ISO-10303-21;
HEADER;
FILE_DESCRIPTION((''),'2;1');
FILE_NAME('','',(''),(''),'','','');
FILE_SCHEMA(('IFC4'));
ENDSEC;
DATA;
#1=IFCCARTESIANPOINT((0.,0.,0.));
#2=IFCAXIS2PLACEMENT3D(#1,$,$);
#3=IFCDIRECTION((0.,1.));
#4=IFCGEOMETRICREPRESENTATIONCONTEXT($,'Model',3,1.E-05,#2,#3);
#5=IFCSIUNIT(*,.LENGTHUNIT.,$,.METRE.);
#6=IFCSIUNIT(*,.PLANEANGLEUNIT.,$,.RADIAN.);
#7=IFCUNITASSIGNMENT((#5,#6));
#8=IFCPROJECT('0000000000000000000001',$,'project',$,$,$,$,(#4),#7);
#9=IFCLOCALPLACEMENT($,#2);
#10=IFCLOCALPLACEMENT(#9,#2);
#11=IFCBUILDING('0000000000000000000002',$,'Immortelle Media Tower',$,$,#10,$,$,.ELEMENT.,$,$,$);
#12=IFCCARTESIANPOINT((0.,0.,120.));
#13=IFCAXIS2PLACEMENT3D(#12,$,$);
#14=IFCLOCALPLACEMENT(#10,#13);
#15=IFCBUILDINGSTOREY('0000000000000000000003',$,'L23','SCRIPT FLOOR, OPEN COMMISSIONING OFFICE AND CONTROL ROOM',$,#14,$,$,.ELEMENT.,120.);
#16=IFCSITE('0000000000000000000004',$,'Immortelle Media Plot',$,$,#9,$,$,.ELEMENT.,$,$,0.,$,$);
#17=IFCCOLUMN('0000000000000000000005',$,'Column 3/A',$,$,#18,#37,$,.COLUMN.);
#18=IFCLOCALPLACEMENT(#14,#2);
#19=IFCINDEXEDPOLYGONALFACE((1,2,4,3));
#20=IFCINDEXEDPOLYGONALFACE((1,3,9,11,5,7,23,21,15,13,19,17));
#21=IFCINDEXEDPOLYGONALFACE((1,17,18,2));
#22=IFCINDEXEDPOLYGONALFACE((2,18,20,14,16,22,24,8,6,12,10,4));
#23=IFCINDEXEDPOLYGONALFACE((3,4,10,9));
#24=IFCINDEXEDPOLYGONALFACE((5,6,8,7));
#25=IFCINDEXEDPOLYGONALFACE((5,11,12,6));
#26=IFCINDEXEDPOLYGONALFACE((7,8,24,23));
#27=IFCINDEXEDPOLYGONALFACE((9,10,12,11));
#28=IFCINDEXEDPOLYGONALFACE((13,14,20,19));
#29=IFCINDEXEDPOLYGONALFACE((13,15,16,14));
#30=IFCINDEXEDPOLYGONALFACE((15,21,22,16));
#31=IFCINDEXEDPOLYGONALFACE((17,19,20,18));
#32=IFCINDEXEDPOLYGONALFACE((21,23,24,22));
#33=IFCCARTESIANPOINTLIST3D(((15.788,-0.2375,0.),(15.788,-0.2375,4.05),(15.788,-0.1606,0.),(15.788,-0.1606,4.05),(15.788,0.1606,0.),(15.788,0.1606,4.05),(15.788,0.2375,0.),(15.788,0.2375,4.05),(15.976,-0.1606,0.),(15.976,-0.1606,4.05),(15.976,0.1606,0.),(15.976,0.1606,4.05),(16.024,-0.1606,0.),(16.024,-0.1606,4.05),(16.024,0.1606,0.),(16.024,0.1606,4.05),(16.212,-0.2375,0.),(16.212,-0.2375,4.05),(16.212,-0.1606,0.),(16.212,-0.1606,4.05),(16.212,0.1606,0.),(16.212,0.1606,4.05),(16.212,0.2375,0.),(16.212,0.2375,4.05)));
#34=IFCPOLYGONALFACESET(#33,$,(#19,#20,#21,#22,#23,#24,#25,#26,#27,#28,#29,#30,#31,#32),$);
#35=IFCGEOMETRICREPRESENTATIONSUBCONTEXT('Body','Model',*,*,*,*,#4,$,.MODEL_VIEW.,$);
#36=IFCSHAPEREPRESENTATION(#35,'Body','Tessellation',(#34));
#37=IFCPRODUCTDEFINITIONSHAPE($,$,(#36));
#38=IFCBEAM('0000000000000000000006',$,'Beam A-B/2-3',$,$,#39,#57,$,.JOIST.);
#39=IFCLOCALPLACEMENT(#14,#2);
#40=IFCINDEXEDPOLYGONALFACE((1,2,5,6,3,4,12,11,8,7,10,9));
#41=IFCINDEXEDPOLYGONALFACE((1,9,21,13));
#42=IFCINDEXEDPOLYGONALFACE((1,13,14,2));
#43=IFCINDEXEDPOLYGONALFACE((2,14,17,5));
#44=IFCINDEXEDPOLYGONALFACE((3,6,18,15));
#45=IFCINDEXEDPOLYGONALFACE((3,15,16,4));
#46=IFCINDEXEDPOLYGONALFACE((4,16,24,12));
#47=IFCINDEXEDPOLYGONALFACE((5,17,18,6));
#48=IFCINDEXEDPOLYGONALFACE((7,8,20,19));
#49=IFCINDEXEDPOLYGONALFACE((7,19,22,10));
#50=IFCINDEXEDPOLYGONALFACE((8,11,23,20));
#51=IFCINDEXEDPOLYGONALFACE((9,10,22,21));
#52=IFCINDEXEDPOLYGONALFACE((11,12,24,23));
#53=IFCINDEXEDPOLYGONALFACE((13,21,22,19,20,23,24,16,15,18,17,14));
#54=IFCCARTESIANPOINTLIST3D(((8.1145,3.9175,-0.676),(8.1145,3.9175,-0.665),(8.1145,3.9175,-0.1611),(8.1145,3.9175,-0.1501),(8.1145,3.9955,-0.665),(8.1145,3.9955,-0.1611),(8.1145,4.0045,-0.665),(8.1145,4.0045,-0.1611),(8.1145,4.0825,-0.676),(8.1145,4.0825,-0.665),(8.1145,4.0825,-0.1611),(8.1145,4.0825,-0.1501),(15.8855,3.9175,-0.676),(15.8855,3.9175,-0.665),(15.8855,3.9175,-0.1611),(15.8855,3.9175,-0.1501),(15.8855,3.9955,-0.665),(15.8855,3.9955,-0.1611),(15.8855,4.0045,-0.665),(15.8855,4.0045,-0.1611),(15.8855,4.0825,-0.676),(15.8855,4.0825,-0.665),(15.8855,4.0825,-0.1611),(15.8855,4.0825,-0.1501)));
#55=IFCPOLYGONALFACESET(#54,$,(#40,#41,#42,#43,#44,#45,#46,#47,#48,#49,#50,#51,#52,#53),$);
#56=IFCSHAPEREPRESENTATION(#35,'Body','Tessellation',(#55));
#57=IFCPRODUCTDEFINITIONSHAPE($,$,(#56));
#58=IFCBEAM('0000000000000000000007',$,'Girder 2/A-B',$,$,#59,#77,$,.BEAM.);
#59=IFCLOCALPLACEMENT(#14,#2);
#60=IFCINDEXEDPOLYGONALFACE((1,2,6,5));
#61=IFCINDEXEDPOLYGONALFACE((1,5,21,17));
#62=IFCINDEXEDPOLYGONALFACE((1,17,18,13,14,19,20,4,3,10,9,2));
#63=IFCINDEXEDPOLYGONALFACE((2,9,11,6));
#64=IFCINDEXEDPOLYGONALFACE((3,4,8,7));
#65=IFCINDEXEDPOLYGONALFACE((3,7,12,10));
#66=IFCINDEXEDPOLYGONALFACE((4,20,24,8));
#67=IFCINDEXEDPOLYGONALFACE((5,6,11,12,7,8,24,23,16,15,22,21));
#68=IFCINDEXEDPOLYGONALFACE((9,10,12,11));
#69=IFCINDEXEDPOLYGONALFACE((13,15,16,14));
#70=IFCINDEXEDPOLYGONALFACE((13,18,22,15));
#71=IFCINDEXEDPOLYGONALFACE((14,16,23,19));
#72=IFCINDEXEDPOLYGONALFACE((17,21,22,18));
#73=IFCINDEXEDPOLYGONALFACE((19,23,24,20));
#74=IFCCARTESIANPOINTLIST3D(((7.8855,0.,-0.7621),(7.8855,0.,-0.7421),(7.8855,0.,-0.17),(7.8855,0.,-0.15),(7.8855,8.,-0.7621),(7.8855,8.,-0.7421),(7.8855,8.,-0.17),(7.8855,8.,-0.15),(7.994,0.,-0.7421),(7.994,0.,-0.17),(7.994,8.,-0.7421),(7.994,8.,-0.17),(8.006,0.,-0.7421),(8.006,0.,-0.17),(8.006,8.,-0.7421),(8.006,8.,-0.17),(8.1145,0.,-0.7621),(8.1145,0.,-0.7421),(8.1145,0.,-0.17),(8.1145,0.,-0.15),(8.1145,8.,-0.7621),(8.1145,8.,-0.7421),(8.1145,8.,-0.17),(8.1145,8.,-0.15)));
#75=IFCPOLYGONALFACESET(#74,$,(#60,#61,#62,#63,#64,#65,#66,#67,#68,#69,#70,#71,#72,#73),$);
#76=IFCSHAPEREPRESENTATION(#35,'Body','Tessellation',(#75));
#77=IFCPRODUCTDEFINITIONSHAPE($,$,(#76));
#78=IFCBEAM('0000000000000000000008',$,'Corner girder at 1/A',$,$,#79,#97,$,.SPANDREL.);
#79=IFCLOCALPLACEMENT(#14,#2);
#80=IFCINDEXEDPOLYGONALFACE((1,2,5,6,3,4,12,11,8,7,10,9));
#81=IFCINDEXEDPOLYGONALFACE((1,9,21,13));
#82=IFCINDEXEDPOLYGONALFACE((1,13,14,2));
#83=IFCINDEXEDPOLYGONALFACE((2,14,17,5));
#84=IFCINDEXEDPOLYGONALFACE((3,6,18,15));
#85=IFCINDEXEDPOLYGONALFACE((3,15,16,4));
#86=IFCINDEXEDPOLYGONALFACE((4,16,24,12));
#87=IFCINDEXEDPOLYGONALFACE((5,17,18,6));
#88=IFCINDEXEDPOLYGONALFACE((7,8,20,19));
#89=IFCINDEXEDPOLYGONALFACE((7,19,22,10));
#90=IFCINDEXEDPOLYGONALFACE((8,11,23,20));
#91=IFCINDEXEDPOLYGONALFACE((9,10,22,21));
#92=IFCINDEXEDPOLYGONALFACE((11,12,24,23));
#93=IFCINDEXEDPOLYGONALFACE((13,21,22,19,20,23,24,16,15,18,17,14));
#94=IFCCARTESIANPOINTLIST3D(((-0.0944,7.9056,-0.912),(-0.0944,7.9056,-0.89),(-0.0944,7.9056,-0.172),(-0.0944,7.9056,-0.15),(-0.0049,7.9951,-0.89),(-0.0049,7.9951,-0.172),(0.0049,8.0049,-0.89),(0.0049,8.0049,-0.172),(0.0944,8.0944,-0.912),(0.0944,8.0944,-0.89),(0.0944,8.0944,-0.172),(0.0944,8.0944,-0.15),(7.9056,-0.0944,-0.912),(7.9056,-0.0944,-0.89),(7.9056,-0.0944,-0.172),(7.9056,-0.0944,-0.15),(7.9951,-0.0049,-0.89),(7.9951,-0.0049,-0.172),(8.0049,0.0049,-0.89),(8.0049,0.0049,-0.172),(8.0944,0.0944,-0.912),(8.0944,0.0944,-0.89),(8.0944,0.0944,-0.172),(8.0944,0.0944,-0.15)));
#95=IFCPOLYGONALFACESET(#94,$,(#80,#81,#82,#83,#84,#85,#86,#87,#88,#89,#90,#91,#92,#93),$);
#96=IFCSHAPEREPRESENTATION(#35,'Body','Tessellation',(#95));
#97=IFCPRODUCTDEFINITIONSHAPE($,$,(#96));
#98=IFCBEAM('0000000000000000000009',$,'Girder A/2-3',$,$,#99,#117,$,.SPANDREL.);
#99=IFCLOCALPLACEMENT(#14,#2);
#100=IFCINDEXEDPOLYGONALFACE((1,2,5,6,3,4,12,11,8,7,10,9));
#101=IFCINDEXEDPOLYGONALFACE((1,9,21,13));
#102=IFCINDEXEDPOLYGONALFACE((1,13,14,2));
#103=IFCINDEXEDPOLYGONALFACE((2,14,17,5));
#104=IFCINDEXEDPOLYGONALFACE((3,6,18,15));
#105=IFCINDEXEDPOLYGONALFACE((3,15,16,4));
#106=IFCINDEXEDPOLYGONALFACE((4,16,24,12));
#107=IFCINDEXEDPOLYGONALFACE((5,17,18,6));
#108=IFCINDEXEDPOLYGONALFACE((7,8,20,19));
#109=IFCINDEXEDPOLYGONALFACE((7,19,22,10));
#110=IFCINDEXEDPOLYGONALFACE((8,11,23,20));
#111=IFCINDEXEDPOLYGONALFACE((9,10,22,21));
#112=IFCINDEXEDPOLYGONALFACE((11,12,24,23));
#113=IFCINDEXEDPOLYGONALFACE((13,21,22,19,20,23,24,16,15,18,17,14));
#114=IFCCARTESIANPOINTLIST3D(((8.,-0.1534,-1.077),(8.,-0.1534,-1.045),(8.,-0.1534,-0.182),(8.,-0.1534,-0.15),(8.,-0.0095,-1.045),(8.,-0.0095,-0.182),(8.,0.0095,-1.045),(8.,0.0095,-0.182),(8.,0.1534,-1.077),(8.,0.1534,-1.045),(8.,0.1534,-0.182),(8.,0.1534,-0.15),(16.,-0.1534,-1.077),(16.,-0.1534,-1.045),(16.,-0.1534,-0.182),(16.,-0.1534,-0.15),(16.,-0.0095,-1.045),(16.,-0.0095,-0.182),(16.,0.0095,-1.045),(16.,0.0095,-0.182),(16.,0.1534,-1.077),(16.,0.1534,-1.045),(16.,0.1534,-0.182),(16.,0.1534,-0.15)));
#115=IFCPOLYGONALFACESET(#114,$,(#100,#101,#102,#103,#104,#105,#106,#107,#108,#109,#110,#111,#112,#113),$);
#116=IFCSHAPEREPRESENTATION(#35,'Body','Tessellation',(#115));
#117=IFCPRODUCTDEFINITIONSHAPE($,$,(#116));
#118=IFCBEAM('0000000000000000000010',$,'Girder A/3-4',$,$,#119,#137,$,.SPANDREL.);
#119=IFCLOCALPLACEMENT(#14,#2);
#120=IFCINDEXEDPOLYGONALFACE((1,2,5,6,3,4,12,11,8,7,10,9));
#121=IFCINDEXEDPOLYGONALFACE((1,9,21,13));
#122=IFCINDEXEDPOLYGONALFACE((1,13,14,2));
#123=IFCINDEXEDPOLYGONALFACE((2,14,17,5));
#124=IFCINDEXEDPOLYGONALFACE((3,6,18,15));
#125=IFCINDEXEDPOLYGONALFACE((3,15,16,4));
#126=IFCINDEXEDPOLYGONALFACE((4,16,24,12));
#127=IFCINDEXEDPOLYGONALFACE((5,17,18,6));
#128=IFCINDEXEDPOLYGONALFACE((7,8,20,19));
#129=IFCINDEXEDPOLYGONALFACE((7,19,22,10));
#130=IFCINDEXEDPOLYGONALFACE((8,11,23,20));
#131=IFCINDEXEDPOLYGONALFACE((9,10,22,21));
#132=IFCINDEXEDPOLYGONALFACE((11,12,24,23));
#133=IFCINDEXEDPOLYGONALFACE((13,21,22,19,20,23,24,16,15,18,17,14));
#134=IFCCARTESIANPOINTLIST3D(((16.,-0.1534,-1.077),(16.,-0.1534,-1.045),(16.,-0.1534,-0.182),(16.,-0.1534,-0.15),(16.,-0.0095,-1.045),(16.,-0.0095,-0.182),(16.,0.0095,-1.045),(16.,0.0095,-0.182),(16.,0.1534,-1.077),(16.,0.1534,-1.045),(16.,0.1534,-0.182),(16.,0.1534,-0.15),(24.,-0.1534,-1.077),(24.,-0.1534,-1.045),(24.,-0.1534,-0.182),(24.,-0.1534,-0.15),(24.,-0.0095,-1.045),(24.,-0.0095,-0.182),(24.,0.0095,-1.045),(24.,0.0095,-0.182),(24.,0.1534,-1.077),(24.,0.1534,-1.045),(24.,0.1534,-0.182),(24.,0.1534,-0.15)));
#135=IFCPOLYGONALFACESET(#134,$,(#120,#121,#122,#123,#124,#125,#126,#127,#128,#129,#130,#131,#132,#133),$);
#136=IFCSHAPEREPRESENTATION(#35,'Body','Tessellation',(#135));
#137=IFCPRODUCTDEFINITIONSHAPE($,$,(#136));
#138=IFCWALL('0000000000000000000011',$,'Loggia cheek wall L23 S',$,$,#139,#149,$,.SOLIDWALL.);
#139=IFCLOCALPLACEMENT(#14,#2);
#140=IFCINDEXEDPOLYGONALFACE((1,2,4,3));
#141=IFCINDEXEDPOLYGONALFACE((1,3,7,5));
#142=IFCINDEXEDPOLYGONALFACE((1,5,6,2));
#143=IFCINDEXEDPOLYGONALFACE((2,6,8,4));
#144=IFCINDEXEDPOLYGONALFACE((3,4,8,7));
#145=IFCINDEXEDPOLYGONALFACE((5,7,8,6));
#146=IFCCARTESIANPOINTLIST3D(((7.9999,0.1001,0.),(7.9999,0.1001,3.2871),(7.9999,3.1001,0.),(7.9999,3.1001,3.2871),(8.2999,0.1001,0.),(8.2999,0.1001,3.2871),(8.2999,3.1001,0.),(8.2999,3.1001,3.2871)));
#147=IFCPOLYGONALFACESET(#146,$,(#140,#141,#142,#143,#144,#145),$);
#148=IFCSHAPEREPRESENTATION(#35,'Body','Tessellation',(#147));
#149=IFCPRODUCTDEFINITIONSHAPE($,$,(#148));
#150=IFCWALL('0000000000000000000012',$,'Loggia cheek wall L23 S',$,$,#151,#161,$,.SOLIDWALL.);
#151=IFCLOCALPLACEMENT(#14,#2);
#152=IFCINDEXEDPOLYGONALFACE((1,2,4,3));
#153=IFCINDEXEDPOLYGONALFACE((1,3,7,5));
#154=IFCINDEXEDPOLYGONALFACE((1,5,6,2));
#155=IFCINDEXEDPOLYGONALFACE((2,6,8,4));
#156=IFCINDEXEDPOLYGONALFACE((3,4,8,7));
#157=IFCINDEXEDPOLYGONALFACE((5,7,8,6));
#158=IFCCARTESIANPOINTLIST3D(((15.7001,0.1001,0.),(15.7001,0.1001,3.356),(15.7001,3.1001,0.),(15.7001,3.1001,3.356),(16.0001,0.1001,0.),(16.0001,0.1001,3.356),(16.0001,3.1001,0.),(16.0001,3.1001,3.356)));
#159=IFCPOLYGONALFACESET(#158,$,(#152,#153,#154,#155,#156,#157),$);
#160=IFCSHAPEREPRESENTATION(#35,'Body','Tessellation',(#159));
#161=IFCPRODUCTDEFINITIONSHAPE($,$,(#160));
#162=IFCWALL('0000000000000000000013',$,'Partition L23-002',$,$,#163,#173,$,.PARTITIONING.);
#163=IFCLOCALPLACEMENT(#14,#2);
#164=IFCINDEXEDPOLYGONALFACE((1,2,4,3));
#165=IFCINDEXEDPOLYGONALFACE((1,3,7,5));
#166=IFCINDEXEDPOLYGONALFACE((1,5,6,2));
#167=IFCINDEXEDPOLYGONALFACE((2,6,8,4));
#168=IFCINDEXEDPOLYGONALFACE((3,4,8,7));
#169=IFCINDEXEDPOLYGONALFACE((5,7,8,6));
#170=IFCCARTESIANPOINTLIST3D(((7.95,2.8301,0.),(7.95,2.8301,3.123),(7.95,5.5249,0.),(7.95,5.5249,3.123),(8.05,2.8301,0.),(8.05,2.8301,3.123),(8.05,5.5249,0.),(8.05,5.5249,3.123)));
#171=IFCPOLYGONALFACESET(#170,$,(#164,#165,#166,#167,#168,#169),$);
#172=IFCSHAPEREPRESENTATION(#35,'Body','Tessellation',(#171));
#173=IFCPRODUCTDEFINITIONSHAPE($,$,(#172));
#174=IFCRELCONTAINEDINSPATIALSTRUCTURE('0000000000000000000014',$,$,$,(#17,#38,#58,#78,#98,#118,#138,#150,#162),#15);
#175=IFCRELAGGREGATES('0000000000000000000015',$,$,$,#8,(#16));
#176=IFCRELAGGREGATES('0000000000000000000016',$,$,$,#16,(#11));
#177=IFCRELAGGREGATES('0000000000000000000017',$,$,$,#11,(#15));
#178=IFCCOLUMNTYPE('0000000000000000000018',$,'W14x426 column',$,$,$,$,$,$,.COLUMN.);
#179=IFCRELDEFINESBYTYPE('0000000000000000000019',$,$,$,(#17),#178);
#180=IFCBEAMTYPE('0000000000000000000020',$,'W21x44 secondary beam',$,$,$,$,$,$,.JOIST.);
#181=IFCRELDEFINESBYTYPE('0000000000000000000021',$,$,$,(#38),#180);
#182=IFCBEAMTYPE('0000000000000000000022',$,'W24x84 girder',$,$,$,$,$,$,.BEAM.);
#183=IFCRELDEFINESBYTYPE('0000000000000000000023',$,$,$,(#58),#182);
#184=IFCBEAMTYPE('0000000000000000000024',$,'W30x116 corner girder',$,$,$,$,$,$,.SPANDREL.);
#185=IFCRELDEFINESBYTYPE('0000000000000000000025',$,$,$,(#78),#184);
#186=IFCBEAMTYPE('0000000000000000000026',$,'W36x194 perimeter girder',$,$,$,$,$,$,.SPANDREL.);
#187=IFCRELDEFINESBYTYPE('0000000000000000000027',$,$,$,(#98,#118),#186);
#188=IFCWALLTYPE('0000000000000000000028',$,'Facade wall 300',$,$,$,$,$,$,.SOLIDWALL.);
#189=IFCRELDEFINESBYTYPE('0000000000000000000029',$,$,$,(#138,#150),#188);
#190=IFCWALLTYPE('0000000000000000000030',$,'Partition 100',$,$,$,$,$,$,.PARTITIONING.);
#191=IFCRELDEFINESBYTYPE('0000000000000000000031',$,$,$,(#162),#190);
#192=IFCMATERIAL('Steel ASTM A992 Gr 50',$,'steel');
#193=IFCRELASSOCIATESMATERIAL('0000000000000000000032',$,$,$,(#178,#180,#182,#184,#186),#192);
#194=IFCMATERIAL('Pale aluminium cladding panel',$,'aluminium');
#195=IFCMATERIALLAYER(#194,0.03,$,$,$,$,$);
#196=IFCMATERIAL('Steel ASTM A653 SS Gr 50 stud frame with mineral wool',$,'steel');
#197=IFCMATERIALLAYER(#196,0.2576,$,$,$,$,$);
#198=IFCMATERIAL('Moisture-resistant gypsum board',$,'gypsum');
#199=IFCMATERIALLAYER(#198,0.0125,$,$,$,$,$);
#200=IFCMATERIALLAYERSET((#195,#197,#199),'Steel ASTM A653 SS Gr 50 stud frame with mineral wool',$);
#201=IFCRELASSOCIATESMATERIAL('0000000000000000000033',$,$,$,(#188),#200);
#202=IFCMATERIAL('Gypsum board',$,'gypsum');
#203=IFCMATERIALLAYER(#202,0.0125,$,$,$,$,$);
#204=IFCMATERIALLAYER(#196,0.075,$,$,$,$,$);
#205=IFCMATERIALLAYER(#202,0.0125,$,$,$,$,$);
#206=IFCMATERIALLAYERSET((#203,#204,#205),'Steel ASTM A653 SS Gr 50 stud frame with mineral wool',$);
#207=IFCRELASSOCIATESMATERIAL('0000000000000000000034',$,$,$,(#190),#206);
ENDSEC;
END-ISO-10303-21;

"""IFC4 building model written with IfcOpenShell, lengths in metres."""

from ifc_helpers import new_model, si_unit, direction, frame, frame_2d, origin, origin_2d, place, context, subcontext, project, spatial, rectangle, i_section, extrude, material, layer, layer_set, material_profile, profile_set, type_object, element, save


model = new_model("IFC4")

# Units and contexts
model_context = context("Model", 3, precision=1e-05, world=origin(), true_north=direction((0.0, 1.0)))
body_context = subcontext(model_context, "Body", "Model", "MODEL_VIEW")
ifc_project = project(units=[si_unit("LENGTHUNIT", "METRE"), si_unit("PLANEANGLEUNIT", "RADIAN")], contexts=[model_context])

# Site, building, storey
site_placement = place(None, origin())
site = spatial("IfcSite", under=ifc_project, at=site_placement, Name="Immortelle Media Plot", CompositionType="ELEMENT", RefElevation=0.0)
building_placement = place(site_placement, origin())
building = spatial("IfcBuilding", under=site, at=building_placement, Name="Immortelle Media Tower", CompositionType="ELEMENT")
storey_placement = place(building_placement, frame((0.0, 0.0, 120.0)))
storey = spatial("IfcBuildingStorey", under=building, at=storey_placement, Name="L23", Description="SCRIPT FLOOR, OPEN COMMISSIONING OFFICE AND CONTROL ROOM", CompositionType="ELEMENT", Elevation=120.0)

# Column
ifc_material_1 = material(Name="Steel ASTM A992 Gr 50", Category="steel")
ifc_material_profile_1 = material_profile(ifc_material_1, i_section(OverallWidth=0.4241, OverallDepth=0.4751, WebThickness=0.0481, FlangeThickness=0.0769, at=origin_2d()), Name="W14x426")
ifc_profile_set_1 = profile_set([ifc_material_profile_1], Name="Steel ASTM A992 Gr 50")
column_type = type_object("IfcColumnType", Name="W14x426 column", PredefinedType="COLUMN", material=ifc_profile_set_1)
column_placement = place(storey_placement, frame((16.0, 0.0, 0.0), z_axis=(0.0, 0.0, 1.0), x_axis=(1.0, 0.0, 0.0)))
element("IfcColumn", 1, at=column_placement, inside=storey, type_object=column_type, Name="Column 3/A", PredefinedType="COLUMN", context=body_context, shape_type="SweptSolid", body=[
    extrude(i_section(OverallWidth=0.4241, OverallDepth=0.4751, WebThickness=0.0481, FlangeThickness=0.0769, at=origin_2d()), origin(), (0.0, 0.0, 1.0), 4.05),
])

# Beams
ifc_material_profile_2 = material_profile(ifc_material_1, i_section(OverallWidth=0.165, OverallDepth=0.5259, WebThickness=0.009, FlangeThickness=0.011, at=origin_2d()), Name="W21x44")
ifc_profile_set_2 = profile_set([ifc_material_profile_2], Name="Steel ASTM A992 Gr 50")
beam_type_1 = type_object("IfcBeamType", Name="W21x44 secondary beam", PredefinedType="JOIST", material=ifc_profile_set_2)
beam_1_placement = place(storey_placement, frame((8.1145, 4.0, -0.4131), z_axis=(1.0, 0.0, 0.0), x_axis=(0.0, 1.0, 0.0)))
element("IfcBeam", 2, at=beam_1_placement, inside=storey, type_object=beam_type_1, Name="Beam A-B/2-3", PredefinedType="JOIST", context=body_context, shape_type="SweptSolid", body=[
    extrude(i_section(OverallWidth=0.165, OverallDepth=0.5259, WebThickness=0.009, FlangeThickness=0.011, at=origin_2d()), origin(), (0.0, 0.0, 1.0), 7.771),
])
ifc_material_profile_3 = material_profile(ifc_material_1, i_section(OverallWidth=0.229, OverallDepth=0.6121, WebThickness=0.012, FlangeThickness=0.02, at=origin_2d()), Name="W24x84")
ifc_profile_set_3 = profile_set([ifc_material_profile_3], Name="Steel ASTM A992 Gr 50")
beam_type_2 = type_object("IfcBeamType", Name="W24x84 girder", PredefinedType="BEAM", material=ifc_profile_set_3)
beam_2_placement = place(storey_placement, frame((8.0, 0.0, -0.4561), z_axis=(0.0, 1.0, 0.0), x_axis=(-1.0, 0.0, 0.0)))
element("IfcBeam", 3, at=beam_2_placement, inside=storey, type_object=beam_type_2, Name="Girder 2/A-B", PredefinedType="BEAM", context=body_context, shape_type="SweptSolid", body=[
    extrude(i_section(OverallWidth=0.229, OverallDepth=0.6121, WebThickness=0.012, FlangeThickness=0.02, at=origin_2d()), origin(), (0.0, 0.0, 1.0), 8.0),
])
ifc_material_profile_4 = material_profile(ifc_material_1, i_section(OverallWidth=0.2671, OverallDepth=0.762, WebThickness=0.0139, FlangeThickness=0.022, at=origin_2d()), Name="W30x116")
ifc_profile_set_4 = profile_set([ifc_material_profile_4], Name="Steel ASTM A992 Gr 50")
beam_type_3 = type_object("IfcBeamType", Name="W30x116 corner girder", PredefinedType="SPANDREL", material=ifc_profile_set_4)
beam_3_placement = place(storey_placement, frame((8.0, 0.0, -0.531), z_axis=(-0.707107, 0.707107, 0.0), x_axis=(-0.707107, -0.707107, 0.0)))
element("IfcBeam", 4, at=beam_3_placement, inside=storey, type_object=beam_type_3, Name="Corner girder at 1/A", PredefinedType="SPANDREL", context=body_context, shape_type="SweptSolid", body=[
    extrude(i_section(OverallWidth=0.2671, OverallDepth=0.762, WebThickness=0.0139, FlangeThickness=0.022, at=origin_2d()), origin(), (0.0, 0.0, 1.0), 11.3137),
])
ifc_material_profile_5 = material_profile(ifc_material_1, i_section(OverallWidth=0.3069, OverallDepth=0.927, WebThickness=0.019, FlangeThickness=0.032, at=origin_2d()), Name="W36x194")
ifc_profile_set_5 = profile_set([ifc_material_profile_5], Name="Steel ASTM A992 Gr 50")
beam_type_4 = type_object("IfcBeamType", Name="W36x194 perimeter girder", PredefinedType="SPANDREL", material=ifc_profile_set_5)
for number, where, z_axis, x_axis, name in (
    (5, (8.0, 0.0, -0.6135), (1.0, 0.0, 0.0), (0.0, 1.0, 0.0), "Girder A/2-3"),
    (6, (16.0, 0.0, -0.6135), (1.0, 0.0, 0.0), (0.0, 1.0, 0.0), "Girder A/3-4"),
):
    element("IfcBeam", number, at=place(storey_placement, frame(where, z_axis=z_axis, x_axis=x_axis)), inside=storey, type_object=beam_type_4, Name=name, PredefinedType="SPANDREL", context=body_context, shape_type="SweptSolid", body=[
        extrude(i_section(OverallWidth=0.3069, OverallDepth=0.927, WebThickness=0.019, FlangeThickness=0.032, at=origin_2d()), origin(), (0.0, 0.0, 1.0), 8.0),
    ])

# Shared definitions
ifc_material_2 = material(Name="Pale aluminium cladding panel", Category="aluminium")
ifc_layer_1 = layer(ifc_material_2, 0.03)
ifc_material_3 = material(Name="Steel ASTM A653 SS Gr 50 stud frame with mineral wool", Category="steel")
ifc_layer_2 = layer(ifc_material_3, 0.2576)
ifc_material_4 = material(Name="Moisture-resistant gypsum board", Category="gypsum")
ifc_layer_3 = layer(ifc_material_4, 0.0125)
ifc_layer_set_1 = layer_set([ifc_layer_1, ifc_layer_2, ifc_layer_3], Name="Steel ASTM A653 SS Gr 50 stud frame with mineral wool")
wall_type_1 = type_object("IfcWallType", Name="Facade wall 300", PredefinedType="SOLIDWALL", material=ifc_layer_set_1)

# Walls
wall_1_placement = place(storey_placement, frame((8.1499, 0.1001, 0.0), z_axis=(0.0, 0.0, 1.0), x_axis=(0.0, 1.0, 0.0)))
element("IfcWall", 7, at=wall_1_placement, inside=storey, type_object=wall_type_1, Name="Loggia cheek wall L23 S", PredefinedType="SOLIDWALL", context=body_context, shape_type="SweptSolid", body=[
    extrude(rectangle(XDim=3.0, YDim=0.3, at=frame_2d((1.5, 0.0))), origin(), (0.0, 0.0, 1.0), 3.2871),
])
wall_2_placement = place(storey_placement, frame((15.8501, 0.1001, 0.0), z_axis=(0.0, 0.0, 1.0), x_axis=(0.0, 1.0, 0.0)))
element("IfcWall", 8, at=wall_2_placement, inside=storey, type_object=wall_type_1, Name="Loggia cheek wall L23 S", PredefinedType="SOLIDWALL", context=body_context, shape_type="SweptSolid", body=[
    extrude(rectangle(XDim=3.0, YDim=0.3, at=frame_2d((1.5, 0.0))), origin(), (0.0, 0.0, 1.0), 3.356),
])
ifc_material_5 = material(Name="Gypsum board", Category="gypsum")
ifc_layer_4 = layer(ifc_material_5, 0.0125)
ifc_layer_5 = layer(ifc_material_3, 0.075)
ifc_layer_6 = layer(ifc_material_5, 0.0125)
ifc_layer_set_2 = layer_set([ifc_layer_4, ifc_layer_5, ifc_layer_6], Name="Steel ASTM A653 SS Gr 50 stud frame with mineral wool")
wall_type_2 = type_object("IfcWallType", Name="Partition 100", PredefinedType="PARTITIONING", material=ifc_layer_set_2)
for number, where, z_axis, x_axis, name in (
    (9, (8.0, 2.8301, 0.0), (0.0, 0.0, 1.0), (0.0, 1.0, 0.0), "Partition L23-002"),
):
    element("IfcWall", number, at=place(storey_placement, frame(where, z_axis=z_axis, x_axis=x_axis)), inside=storey, type_object=wall_type_2, Name=name, PredefinedType="PARTITIONING", context=body_context, shape_type="SweptSolid", body=[
        extrude(rectangle(XDim=2.6948, YDim=0.1001, at=frame_2d((1.3474, 0.0))), origin(), (0.0, 0.0, 1.0), 3.123),
    ])

save(model, "model.ifc")
